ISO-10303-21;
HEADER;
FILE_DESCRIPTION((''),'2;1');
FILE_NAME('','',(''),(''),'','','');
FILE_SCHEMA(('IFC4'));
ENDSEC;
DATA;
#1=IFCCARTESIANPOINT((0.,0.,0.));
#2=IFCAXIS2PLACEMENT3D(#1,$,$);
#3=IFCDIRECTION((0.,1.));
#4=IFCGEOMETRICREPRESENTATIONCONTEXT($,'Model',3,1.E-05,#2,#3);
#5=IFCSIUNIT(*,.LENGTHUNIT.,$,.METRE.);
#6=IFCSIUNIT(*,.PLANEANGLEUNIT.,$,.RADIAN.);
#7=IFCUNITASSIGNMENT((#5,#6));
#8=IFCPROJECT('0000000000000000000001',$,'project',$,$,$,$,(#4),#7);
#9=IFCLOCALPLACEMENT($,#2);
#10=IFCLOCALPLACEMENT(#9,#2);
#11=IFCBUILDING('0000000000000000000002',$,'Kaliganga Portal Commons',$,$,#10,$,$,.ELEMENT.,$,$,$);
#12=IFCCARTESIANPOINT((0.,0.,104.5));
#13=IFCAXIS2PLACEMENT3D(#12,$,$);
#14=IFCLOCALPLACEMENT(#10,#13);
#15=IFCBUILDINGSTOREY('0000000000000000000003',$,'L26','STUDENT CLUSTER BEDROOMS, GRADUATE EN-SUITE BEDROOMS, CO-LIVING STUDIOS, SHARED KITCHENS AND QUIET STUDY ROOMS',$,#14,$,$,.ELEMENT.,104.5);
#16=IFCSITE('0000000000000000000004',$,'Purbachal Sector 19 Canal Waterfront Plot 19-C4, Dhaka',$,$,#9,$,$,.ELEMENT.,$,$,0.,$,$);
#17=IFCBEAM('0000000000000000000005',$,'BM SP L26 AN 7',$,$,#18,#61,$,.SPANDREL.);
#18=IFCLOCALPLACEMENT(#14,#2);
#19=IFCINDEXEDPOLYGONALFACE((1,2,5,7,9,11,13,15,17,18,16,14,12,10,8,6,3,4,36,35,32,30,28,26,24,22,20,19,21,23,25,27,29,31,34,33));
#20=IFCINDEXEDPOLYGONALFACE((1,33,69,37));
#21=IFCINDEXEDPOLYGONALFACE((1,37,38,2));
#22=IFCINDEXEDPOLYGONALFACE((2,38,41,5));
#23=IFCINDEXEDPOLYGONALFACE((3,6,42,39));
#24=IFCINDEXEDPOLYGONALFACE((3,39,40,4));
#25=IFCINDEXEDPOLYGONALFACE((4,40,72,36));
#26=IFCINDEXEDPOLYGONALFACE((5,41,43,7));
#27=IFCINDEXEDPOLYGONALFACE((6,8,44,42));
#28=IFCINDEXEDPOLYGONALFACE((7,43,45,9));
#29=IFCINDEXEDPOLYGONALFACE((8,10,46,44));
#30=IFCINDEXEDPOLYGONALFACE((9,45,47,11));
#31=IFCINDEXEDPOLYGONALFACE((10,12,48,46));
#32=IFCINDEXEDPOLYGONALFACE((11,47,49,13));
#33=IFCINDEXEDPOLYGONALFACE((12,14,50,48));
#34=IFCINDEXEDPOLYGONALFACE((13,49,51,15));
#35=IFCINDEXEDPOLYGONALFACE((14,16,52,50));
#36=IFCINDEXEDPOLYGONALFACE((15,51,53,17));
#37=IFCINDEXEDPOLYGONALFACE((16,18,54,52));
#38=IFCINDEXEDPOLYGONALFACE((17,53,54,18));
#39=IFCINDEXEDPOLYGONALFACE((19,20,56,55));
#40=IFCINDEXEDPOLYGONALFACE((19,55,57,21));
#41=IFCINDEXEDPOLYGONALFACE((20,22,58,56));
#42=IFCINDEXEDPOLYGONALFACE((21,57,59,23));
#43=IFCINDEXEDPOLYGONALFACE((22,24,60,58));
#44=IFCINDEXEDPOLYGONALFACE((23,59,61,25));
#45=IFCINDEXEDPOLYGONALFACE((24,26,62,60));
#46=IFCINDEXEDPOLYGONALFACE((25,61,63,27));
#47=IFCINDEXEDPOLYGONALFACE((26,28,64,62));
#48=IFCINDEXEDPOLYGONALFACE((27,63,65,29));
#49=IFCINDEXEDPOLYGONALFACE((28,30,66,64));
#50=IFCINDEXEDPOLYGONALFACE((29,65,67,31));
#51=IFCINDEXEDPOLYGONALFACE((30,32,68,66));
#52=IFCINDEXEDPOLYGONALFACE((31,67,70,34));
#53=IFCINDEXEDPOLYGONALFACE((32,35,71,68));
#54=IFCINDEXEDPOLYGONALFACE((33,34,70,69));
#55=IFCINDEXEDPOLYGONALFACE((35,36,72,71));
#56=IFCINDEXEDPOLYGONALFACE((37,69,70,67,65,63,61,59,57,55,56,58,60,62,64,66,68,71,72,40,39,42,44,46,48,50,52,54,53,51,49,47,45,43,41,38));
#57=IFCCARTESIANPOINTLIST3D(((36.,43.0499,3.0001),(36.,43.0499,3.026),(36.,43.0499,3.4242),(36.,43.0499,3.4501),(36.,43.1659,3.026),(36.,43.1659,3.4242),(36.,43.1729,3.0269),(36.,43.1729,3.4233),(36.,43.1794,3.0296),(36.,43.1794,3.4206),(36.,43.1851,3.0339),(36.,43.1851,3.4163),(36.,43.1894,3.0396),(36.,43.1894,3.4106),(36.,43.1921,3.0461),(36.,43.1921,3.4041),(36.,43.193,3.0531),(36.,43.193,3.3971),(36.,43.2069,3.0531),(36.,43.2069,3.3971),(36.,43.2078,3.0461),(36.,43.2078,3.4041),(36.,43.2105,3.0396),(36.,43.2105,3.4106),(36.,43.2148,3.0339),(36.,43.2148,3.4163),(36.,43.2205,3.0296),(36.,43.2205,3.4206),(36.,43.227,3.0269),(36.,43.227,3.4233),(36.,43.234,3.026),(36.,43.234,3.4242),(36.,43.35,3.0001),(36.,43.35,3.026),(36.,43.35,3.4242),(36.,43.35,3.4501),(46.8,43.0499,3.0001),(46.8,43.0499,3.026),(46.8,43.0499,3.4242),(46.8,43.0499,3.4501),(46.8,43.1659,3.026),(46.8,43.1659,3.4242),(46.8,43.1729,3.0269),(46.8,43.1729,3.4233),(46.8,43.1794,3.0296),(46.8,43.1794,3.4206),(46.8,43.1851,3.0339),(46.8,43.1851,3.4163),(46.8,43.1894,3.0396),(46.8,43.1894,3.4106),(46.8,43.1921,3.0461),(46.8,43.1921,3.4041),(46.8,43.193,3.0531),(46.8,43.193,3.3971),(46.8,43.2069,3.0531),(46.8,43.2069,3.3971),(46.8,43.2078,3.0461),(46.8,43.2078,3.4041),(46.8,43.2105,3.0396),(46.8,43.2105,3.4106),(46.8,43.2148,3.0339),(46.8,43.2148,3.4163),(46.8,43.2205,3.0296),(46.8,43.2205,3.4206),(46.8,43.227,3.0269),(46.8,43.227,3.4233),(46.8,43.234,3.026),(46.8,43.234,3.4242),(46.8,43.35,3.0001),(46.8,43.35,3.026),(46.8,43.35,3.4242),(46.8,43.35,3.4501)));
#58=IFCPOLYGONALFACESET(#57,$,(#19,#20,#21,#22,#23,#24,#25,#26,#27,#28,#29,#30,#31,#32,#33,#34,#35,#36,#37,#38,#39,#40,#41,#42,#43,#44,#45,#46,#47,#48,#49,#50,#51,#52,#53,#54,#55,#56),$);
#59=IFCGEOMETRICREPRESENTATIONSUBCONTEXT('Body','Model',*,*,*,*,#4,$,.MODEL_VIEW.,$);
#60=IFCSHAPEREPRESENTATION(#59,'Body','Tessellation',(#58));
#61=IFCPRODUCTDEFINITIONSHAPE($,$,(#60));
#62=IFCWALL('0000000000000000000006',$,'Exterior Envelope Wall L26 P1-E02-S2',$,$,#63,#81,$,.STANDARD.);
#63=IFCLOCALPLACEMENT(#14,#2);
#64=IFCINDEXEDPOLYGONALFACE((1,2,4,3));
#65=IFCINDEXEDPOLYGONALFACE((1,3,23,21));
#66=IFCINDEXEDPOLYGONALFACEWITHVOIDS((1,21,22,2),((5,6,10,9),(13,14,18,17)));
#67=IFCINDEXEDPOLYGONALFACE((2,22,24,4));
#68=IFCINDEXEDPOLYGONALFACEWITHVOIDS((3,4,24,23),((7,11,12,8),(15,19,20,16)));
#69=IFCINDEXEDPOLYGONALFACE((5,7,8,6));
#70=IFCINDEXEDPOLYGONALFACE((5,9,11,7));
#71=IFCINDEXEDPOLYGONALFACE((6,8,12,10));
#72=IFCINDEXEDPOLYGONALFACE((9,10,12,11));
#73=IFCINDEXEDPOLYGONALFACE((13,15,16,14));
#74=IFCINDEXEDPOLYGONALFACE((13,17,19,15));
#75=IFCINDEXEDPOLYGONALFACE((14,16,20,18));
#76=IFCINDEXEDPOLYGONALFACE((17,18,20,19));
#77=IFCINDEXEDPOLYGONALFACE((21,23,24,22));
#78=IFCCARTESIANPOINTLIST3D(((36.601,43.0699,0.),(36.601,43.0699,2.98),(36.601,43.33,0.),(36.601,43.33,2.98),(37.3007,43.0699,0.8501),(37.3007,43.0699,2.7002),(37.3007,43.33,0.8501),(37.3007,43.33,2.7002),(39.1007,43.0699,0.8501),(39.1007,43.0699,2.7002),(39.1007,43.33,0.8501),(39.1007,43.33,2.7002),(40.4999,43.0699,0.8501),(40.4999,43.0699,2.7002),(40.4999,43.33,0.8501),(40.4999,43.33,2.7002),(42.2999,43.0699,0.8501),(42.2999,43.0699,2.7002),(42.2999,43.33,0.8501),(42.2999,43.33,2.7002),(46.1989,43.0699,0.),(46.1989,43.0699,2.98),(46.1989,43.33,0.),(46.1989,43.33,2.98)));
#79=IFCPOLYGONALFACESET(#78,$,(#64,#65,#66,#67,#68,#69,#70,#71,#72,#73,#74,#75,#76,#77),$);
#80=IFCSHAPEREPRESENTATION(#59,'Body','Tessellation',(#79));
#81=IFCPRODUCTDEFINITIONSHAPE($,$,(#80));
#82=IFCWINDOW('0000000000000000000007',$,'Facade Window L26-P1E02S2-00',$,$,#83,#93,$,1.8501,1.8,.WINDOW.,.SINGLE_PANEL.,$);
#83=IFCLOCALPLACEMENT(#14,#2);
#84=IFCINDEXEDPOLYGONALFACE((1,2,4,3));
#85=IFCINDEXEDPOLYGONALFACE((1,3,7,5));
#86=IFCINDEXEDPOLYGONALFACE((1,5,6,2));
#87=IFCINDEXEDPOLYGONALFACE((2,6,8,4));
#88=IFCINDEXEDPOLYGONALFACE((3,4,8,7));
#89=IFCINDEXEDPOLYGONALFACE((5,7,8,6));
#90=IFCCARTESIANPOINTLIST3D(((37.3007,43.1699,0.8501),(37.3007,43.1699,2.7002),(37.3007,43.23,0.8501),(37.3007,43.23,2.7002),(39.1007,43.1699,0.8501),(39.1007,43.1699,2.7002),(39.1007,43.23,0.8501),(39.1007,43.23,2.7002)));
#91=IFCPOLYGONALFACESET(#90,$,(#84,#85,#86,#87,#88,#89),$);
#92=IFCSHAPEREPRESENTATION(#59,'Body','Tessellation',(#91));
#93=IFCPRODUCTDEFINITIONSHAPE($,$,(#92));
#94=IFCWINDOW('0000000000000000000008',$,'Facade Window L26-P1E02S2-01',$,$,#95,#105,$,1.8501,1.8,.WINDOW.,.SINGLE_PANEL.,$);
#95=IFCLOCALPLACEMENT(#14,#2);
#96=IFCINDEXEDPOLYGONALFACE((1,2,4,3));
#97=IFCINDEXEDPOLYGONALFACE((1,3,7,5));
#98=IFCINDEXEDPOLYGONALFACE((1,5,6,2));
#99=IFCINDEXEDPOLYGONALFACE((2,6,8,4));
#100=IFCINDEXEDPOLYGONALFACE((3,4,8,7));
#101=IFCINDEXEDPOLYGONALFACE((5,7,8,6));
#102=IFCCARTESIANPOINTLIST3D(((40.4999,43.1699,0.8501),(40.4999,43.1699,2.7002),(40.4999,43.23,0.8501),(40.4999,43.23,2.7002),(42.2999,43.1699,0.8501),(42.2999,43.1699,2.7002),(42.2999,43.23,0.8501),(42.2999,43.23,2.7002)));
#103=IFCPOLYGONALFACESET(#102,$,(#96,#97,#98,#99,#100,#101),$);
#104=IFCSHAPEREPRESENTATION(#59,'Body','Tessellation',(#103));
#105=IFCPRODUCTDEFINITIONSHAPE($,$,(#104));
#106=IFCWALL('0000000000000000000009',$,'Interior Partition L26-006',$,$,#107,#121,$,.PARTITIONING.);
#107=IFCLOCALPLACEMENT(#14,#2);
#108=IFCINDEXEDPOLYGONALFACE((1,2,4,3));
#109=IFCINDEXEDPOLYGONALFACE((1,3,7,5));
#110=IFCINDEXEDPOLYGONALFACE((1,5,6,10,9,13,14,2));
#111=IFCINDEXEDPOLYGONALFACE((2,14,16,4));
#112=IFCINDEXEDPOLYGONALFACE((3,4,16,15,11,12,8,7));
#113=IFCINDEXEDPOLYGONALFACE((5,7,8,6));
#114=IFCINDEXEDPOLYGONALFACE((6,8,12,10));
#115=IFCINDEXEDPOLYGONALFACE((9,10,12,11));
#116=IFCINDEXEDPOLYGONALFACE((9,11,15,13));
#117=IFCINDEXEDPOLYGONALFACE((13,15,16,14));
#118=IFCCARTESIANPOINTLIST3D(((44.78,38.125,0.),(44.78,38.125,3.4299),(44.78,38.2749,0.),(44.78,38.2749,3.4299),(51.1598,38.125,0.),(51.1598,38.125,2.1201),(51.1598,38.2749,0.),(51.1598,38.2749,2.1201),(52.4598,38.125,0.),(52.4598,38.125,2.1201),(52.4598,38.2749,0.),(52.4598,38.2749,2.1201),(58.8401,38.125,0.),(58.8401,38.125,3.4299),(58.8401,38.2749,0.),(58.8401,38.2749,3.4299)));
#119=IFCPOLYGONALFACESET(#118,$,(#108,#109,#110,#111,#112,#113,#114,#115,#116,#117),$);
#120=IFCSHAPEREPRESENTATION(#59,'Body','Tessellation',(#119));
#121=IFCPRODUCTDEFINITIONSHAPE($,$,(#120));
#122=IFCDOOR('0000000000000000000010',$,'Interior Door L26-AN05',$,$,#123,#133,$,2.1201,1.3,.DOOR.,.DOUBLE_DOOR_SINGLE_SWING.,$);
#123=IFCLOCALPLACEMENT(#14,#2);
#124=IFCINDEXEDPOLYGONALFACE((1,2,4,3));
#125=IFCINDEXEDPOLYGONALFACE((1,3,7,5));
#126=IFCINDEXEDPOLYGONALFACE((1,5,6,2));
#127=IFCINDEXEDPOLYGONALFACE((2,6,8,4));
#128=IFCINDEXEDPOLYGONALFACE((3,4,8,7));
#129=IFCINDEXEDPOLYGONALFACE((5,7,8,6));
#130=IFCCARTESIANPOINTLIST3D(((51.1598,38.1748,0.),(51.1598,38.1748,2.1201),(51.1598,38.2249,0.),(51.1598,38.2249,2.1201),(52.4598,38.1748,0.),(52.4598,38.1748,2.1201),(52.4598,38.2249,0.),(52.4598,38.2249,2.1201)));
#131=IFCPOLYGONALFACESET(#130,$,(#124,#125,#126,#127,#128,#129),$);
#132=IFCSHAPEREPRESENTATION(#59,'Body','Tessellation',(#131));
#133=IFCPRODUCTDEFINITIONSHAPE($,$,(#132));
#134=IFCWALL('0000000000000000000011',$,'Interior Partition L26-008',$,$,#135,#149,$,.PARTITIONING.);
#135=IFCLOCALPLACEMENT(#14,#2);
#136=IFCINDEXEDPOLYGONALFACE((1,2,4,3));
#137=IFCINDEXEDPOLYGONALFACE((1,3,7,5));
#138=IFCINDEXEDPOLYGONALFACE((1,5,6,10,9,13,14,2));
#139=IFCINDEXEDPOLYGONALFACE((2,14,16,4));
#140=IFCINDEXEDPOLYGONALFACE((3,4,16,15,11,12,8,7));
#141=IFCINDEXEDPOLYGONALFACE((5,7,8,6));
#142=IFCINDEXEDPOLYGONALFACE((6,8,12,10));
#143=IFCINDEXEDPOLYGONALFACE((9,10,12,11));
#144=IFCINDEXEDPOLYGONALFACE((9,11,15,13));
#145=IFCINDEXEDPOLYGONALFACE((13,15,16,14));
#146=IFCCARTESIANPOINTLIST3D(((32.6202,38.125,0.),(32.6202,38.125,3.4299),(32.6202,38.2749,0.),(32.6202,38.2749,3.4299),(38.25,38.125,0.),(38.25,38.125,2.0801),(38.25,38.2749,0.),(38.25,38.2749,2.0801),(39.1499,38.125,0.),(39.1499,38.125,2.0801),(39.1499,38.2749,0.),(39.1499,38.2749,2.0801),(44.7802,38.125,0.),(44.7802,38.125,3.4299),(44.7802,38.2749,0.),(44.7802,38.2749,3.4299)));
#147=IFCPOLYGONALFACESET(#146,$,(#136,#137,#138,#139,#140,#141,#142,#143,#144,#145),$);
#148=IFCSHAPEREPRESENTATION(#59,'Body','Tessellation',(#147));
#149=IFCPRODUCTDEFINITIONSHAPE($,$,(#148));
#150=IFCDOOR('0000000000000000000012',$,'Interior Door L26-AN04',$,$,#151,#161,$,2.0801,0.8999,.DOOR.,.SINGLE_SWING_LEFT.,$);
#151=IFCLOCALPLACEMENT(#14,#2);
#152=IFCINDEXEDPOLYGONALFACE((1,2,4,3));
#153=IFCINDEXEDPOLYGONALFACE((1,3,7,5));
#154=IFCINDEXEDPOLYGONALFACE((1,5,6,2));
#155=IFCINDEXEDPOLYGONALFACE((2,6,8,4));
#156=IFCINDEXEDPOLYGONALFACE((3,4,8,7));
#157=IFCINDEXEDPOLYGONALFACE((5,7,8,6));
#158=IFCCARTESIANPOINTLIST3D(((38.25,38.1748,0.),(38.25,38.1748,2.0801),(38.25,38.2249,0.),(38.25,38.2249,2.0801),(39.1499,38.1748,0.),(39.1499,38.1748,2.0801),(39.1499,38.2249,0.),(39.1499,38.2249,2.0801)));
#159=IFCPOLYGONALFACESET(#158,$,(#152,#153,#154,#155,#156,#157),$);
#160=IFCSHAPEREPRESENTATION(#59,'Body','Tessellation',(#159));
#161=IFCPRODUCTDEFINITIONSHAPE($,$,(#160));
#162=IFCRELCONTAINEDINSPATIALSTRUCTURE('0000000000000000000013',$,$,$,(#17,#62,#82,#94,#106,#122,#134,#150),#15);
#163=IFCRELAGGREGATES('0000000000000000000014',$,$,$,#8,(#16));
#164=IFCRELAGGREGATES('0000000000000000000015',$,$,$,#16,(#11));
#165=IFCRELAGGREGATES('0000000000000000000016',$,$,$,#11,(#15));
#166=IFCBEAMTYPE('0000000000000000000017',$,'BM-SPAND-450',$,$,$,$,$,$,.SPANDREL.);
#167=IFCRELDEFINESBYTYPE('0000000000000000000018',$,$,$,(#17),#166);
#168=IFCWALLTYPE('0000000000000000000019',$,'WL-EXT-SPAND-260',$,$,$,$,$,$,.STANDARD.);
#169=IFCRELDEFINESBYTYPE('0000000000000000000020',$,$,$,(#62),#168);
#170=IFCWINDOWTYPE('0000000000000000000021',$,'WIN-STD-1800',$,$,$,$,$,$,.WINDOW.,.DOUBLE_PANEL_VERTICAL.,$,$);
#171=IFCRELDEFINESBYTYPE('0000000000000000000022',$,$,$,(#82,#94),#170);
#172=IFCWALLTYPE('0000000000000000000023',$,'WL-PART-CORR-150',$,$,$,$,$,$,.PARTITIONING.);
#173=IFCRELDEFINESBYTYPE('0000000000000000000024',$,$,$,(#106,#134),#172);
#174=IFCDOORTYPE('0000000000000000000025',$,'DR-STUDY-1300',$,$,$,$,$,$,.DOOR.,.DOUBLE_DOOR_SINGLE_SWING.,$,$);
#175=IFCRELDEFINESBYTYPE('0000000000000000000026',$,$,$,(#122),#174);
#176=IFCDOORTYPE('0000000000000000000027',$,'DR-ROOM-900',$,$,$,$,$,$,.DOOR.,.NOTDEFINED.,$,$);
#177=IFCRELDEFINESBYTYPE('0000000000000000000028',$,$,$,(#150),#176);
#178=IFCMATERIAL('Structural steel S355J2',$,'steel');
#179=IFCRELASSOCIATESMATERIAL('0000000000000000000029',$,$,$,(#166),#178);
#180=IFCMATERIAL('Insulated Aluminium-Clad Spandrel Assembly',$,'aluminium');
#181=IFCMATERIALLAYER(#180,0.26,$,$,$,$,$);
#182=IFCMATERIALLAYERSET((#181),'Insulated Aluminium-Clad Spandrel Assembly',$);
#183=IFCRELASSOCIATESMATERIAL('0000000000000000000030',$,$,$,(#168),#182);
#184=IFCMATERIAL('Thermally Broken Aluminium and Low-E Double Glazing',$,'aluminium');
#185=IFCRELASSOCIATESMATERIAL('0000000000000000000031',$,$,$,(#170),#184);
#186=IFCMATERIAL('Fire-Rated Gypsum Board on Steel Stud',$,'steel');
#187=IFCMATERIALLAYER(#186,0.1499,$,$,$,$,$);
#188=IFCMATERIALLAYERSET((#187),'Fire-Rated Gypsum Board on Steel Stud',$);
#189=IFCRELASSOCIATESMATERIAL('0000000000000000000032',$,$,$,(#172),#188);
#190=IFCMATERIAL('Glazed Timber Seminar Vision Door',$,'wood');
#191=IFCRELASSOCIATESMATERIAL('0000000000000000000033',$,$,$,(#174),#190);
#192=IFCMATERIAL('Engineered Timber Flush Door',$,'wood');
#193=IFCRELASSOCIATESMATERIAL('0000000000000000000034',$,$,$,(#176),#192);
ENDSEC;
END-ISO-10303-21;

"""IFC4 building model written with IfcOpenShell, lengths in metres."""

from ifc_helpers import new_model, si_unit, direction, frame, frame_2d, origin, origin_2d, place, context, subcontext, project, spatial, rectangle, i_section, extrude, source, transform, mapped, material, layer, layer_set, material_profile, profile_set, type_object, element, fill, save


model = new_model("IFC4")

# Units and contexts
model_context = context("Model", 3, precision=1e-05, world=origin(), true_north=direction((0.0, 1.0)))
body_context = subcontext(model_context, "Body", "Model", "MODEL_VIEW")
ifc_project = project(units=[si_unit("LENGTHUNIT", "METRE"), si_unit("PLANEANGLEUNIT", "RADIAN")], contexts=[model_context])

# Site, building, storey
site_placement = place(None, origin())
site = spatial("IfcSite", under=ifc_project, at=site_placement, Name="Purbachal Sector 19 Canal Waterfront Plot 19-C4, Dhaka", CompositionType="ELEMENT", RefElevation=0.0)
building_placement = place(site_placement, origin())
building = spatial("IfcBuilding", under=site, at=building_placement, Name="Kaliganga Portal Commons", CompositionType="ELEMENT")
storey_placement = place(building_placement, frame((0.0, 0.0, 104.5)))
storey = spatial("IfcBuildingStorey", under=building, at=storey_placement, Name="L26", Description="STUDENT CLUSTER BEDROOMS, GRADUATE EN-SUITE BEDROOMS, CO-LIVING STUDIOS, SHARED KITCHENS AND QUIET STUDY ROOMS", CompositionType="ELEMENT", Elevation=104.5)

# Beam
ifc_material_1 = material(Name="Structural steel S355J2", Category="steel")
ifc_material_profile_1 = material_profile(ifc_material_1, i_section(OverallWidth=0.3, OverallDepth=0.45, WebThickness=0.0139, FlangeThickness=0.0259, FilletRadius=0.0271, at=origin_2d()), Name="HE 450 B")
ifc_profile_set_1 = profile_set([ifc_material_profile_1], Name="Structural steel S355J2 wide-flange")
beam_type_1 = type_object("IfcBeamType", Name="BM-SPAND-450", PredefinedType="SPANDREL", material=ifc_profile_set_1)
shared_shape_1 = source(origin(), body_context, "Body", "SweptSolid", [
    extrude(i_section(OverallWidth=0.3, OverallDepth=0.45, WebThickness=0.0139, FlangeThickness=0.0259, FilletRadius=0.0271, at=origin_2d()), origin(), (0.0, 0.0, 1.0), 10.8),
])
beam_1_placement = place(storey_placement, frame((36.0, 43.2, 3.2251), z_axis=(1.0, 0.0, 0.0), x_axis=(0.0, 1.0, 0.0)))
element("IfcBeam", 1, at=beam_1_placement, inside=storey, type_object=beam_type_1, Name="BM SP L26 AN 7", PredefinedType="SPANDREL", context=body_context, shape_type="MappedRepresentation", body=[
    mapped(shared_shape_1, transform((0.0, 0.0, 0.0), x_axis=(1.0, 0.0, 0.0), y_axis=(0.0, 1.0, 0.0), z_axis=(0.0, 0.0, 1.0), scale=1.0)),
])

# Wall, openings, windows
ifc_material_2 = material(Name="Insulated Aluminium-Clad Spandrel Assembly", Category="aluminium")
ifc_layer_1 = layer(ifc_material_2, 0.26)
ifc_layer_set_1 = layer_set([ifc_layer_1], Name="Insulated Aluminium-Clad Spandrel Assembly")
wall_type_1 = type_object("IfcWallType", Name="WL-EXT-SPAND-260", PredefinedType="STANDARD", material=ifc_layer_set_1)
wall_1_placement = place(storey_placement, frame((36.6011, 43.2, 0.0), z_axis=(0.0, 0.0, 1.0), x_axis=(1.0, 0.0, 0.0)))
wall_1 = element("IfcWall", 2, at=wall_1_placement, inside=storey, type_object=wall_type_1, Name="Exterior Envelope Wall L26 P1-E02-S2", PredefinedType="STANDARD", context=body_context, shape_type="SweptSolid", body=[
    extrude(rectangle(XDim=9.5979, YDim=0.26, at=frame_2d((4.7988, 0.0))), origin(), (0.0, 0.0, 1.0), 2.98),
])
opening_1_placement = place(wall_1_placement, frame((0.6997, 0.0, 0.8501)))
opening_1 = element("IfcOpeningElement", 3, at=opening_1_placement, cuts=wall_1, PredefinedType="OPENING", context=body_context, shape_type="SweptSolid", body=[
    extrude(rectangle(XDim=1.8, YDim=1.8501, at=frame_2d((0.8999, 0.925))), frame((0.0, 0.1401, 0.0), z_axis=(0.0, -1.0, 0.0), x_axis=(1.0, 0.0, 0.0)), (0.0, 0.0, 1.0), 0.28),
])
opening_2_placement = place(wall_1_placement, frame((3.8989, 0.0, 0.8501)))
opening_2 = element("IfcOpeningElement", 4, at=opening_2_placement, cuts=wall_1, PredefinedType="OPENING", context=body_context, shape_type="SweptSolid", body=[
    extrude(rectangle(XDim=1.8, YDim=1.8501, at=frame_2d((0.8999, 0.925))), frame((0.0, 0.1401, 0.0), z_axis=(0.0, -1.0, 0.0), x_axis=(1.0, 0.0, 0.0)), (0.0, 0.0, 1.0), 0.28),
])
ifc_material_3 = material(Name="Thermally Broken Aluminium and Low-E Double Glazing", Category="aluminium")
window_type = type_object("IfcWindowType", Name="WIN-STD-1800", PartitioningType="DOUBLE_PANEL_VERTICAL", PredefinedType="WINDOW", material=ifc_material_3)
window_1_placement = place(opening_1_placement, origin())
window_1 = element("IfcWindow", 5, at=window_1_placement, inside=storey, type_object=window_type, Name="Facade Window L26-P1E02S2-00", OverallHeight=1.8501, OverallWidth=1.8, PartitioningType="SINGLE_PANEL", PredefinedType="WINDOW", context=body_context, shape_type="SweptSolid", body=[
    extrude(rectangle(XDim=1.8, YDim=1.8501, at=frame_2d((0.8999, 0.925))), frame((0.0, 0.03, 0.0), z_axis=(0.0, -1.0, 0.0), x_axis=(1.0, 0.0, 0.0)), (0.0, 0.0, 1.0), 0.0601),
])
fill(opening_1, window_1)
window_2_placement = place(opening_2_placement, origin())
window_2 = element("IfcWindow", 6, at=window_2_placement, inside=storey, type_object=window_type, Name="Facade Window L26-P1E02S2-01", OverallHeight=1.8501, OverallWidth=1.8, PartitioningType="SINGLE_PANEL", PredefinedType="WINDOW", context=body_context, shape_type="SweptSolid", body=[
    extrude(rectangle(XDim=1.8, YDim=1.8501, at=frame_2d((0.8999, 0.925))), frame((0.0, 0.03, 0.0), z_axis=(0.0, -1.0, 0.0), x_axis=(1.0, 0.0, 0.0)), (0.0, 0.0, 1.0), 0.0601),
])
fill(opening_2, window_2)

# Walls, openings, doors
ifc_material_4 = material(Name="Fire-Rated Gypsum Board on Steel Stud", Category="steel")
ifc_layer_2 = layer(ifc_material_4, 0.1499)
ifc_layer_set_2 = layer_set([ifc_layer_2], Name="Fire-Rated Gypsum Board on Steel Stud")
wall_type_2 = type_object("IfcWallType", Name="WL-PART-CORR-150", PredefinedType="PARTITIONING", material=ifc_layer_set_2)
wall_2_placement = place(storey_placement, frame((44.78, 38.2, 0.0), z_axis=(0.0, 0.0, 1.0), x_axis=(1.0, 0.0, 0.0)))
wall_2 = element("IfcWall", 7, at=wall_2_placement, inside=storey, type_object=wall_type_2, Name="Interior Partition L26-006", PredefinedType="PARTITIONING", context=body_context, shape_type="SweptSolid", body=[
    extrude(rectangle(XDim=14.0601, YDim=0.1499, at=frame_2d((7.03, 0.0))), origin(), (0.0, 0.0, 1.0), 3.4299),
])
opening_3_placement = place(wall_2_placement, frame((6.3799, 0.0, 0.0)))
opening_3 = element("IfcOpeningElement", 8, at=opening_3_placement, cuts=wall_2, PredefinedType="OPENING", context=body_context, shape_type="SweptSolid", body=[
    extrude(rectangle(XDim=1.3, YDim=2.1201, at=frame_2d((0.6499, 1.0601))), frame((0.0, 0.085, 0.0), z_axis=(0.0, -1.0, 0.0), x_axis=(1.0, 0.0, 0.0)), (0.0, 0.0, 1.0), 0.1699),
])
ifc_material_5 = material(Name="Glazed Timber Seminar Vision Door", Category="wood")
door_type_1 = type_object("IfcDoorType", Name="DR-STUDY-1300", OperationType="DOUBLE_DOOR_SINGLE_SWING", PredefinedType="DOOR", material=ifc_material_5)
door_1_placement = place(opening_3_placement, origin())
door_1 = element("IfcDoor", 9, at=door_1_placement, inside=storey, type_object=door_type_1, Name="Interior Door L26-AN05", OperationType="DOUBLE_DOOR_SINGLE_SWING", OverallHeight=2.1201, OverallWidth=1.3, PredefinedType="DOOR", context=body_context, shape_type="SweptSolid", body=[
    extrude(rectangle(XDim=1.3, YDim=2.1201, at=frame_2d((0.6499, 1.0601))), frame((0.0, 0.0249, 0.0), z_axis=(0.0, -1.0, 0.0), x_axis=(1.0, 0.0, 0.0)), (0.0, 0.0, 1.0), 0.05),
])
fill(opening_3, door_1)
wall_3_placement = place(storey_placement, frame((32.6201, 38.2, 0.0), z_axis=(0.0, 0.0, 1.0), x_axis=(1.0, 0.0, 0.0)))
wall_3 = element("IfcWall", 10, at=wall_3_placement, inside=storey, type_object=wall_type_2, Name="Interior Partition L26-008", PredefinedType="PARTITIONING", context=body_context, shape_type="SweptSolid", body=[
    extrude(rectangle(XDim=12.1599, YDim=0.1499, at=frame_2d((6.0801, 0.0))), origin(), (0.0, 0.0, 1.0), 3.4299),
])
opening_4_placement = place(wall_3_placement, frame((5.6299, 0.0, 0.0)))
opening_4 = element("IfcOpeningElement", 11, at=opening_4_placement, cuts=wall_3, PredefinedType="OPENING", context=body_context, shape_type="SweptSolid", body=[
    extrude(rectangle(XDim=0.8999, YDim=2.0801, at=frame_2d((0.45, 1.04))), frame((0.0, 0.085, 0.0), z_axis=(0.0, -1.0, 0.0), x_axis=(1.0, 0.0, 0.0)), (0.0, 0.0, 1.0), 0.1699),
])
ifc_material_6 = material(Name="Engineered Timber Flush Door", Category="wood")
door_type_2 = type_object("IfcDoorType", Name="DR-ROOM-900", OperationType="NOTDEFINED", PredefinedType="DOOR", material=ifc_material_6)
door_2_placement = place(opening_4_placement, origin())
door_2 = element("IfcDoor", 12, at=door_2_placement, inside=storey, type_object=door_type_2, Name="Interior Door L26-AN04", OperationType="SINGLE_SWING_LEFT", OverallHeight=2.0801, OverallWidth=0.8999, PredefinedType="DOOR", context=body_context, shape_type="SweptSolid", body=[
    extrude(rectangle(XDim=0.8999, YDim=2.0801, at=frame_2d((0.45, 1.04))), frame((0.0, 0.0249, 0.0), z_axis=(0.0, -1.0, 0.0), x_axis=(1.0, 0.0, 0.0)), (0.0, 0.0, 1.0), 0.05),
])
fill(opening_4, door_2)

save(model, "model.ifc")
